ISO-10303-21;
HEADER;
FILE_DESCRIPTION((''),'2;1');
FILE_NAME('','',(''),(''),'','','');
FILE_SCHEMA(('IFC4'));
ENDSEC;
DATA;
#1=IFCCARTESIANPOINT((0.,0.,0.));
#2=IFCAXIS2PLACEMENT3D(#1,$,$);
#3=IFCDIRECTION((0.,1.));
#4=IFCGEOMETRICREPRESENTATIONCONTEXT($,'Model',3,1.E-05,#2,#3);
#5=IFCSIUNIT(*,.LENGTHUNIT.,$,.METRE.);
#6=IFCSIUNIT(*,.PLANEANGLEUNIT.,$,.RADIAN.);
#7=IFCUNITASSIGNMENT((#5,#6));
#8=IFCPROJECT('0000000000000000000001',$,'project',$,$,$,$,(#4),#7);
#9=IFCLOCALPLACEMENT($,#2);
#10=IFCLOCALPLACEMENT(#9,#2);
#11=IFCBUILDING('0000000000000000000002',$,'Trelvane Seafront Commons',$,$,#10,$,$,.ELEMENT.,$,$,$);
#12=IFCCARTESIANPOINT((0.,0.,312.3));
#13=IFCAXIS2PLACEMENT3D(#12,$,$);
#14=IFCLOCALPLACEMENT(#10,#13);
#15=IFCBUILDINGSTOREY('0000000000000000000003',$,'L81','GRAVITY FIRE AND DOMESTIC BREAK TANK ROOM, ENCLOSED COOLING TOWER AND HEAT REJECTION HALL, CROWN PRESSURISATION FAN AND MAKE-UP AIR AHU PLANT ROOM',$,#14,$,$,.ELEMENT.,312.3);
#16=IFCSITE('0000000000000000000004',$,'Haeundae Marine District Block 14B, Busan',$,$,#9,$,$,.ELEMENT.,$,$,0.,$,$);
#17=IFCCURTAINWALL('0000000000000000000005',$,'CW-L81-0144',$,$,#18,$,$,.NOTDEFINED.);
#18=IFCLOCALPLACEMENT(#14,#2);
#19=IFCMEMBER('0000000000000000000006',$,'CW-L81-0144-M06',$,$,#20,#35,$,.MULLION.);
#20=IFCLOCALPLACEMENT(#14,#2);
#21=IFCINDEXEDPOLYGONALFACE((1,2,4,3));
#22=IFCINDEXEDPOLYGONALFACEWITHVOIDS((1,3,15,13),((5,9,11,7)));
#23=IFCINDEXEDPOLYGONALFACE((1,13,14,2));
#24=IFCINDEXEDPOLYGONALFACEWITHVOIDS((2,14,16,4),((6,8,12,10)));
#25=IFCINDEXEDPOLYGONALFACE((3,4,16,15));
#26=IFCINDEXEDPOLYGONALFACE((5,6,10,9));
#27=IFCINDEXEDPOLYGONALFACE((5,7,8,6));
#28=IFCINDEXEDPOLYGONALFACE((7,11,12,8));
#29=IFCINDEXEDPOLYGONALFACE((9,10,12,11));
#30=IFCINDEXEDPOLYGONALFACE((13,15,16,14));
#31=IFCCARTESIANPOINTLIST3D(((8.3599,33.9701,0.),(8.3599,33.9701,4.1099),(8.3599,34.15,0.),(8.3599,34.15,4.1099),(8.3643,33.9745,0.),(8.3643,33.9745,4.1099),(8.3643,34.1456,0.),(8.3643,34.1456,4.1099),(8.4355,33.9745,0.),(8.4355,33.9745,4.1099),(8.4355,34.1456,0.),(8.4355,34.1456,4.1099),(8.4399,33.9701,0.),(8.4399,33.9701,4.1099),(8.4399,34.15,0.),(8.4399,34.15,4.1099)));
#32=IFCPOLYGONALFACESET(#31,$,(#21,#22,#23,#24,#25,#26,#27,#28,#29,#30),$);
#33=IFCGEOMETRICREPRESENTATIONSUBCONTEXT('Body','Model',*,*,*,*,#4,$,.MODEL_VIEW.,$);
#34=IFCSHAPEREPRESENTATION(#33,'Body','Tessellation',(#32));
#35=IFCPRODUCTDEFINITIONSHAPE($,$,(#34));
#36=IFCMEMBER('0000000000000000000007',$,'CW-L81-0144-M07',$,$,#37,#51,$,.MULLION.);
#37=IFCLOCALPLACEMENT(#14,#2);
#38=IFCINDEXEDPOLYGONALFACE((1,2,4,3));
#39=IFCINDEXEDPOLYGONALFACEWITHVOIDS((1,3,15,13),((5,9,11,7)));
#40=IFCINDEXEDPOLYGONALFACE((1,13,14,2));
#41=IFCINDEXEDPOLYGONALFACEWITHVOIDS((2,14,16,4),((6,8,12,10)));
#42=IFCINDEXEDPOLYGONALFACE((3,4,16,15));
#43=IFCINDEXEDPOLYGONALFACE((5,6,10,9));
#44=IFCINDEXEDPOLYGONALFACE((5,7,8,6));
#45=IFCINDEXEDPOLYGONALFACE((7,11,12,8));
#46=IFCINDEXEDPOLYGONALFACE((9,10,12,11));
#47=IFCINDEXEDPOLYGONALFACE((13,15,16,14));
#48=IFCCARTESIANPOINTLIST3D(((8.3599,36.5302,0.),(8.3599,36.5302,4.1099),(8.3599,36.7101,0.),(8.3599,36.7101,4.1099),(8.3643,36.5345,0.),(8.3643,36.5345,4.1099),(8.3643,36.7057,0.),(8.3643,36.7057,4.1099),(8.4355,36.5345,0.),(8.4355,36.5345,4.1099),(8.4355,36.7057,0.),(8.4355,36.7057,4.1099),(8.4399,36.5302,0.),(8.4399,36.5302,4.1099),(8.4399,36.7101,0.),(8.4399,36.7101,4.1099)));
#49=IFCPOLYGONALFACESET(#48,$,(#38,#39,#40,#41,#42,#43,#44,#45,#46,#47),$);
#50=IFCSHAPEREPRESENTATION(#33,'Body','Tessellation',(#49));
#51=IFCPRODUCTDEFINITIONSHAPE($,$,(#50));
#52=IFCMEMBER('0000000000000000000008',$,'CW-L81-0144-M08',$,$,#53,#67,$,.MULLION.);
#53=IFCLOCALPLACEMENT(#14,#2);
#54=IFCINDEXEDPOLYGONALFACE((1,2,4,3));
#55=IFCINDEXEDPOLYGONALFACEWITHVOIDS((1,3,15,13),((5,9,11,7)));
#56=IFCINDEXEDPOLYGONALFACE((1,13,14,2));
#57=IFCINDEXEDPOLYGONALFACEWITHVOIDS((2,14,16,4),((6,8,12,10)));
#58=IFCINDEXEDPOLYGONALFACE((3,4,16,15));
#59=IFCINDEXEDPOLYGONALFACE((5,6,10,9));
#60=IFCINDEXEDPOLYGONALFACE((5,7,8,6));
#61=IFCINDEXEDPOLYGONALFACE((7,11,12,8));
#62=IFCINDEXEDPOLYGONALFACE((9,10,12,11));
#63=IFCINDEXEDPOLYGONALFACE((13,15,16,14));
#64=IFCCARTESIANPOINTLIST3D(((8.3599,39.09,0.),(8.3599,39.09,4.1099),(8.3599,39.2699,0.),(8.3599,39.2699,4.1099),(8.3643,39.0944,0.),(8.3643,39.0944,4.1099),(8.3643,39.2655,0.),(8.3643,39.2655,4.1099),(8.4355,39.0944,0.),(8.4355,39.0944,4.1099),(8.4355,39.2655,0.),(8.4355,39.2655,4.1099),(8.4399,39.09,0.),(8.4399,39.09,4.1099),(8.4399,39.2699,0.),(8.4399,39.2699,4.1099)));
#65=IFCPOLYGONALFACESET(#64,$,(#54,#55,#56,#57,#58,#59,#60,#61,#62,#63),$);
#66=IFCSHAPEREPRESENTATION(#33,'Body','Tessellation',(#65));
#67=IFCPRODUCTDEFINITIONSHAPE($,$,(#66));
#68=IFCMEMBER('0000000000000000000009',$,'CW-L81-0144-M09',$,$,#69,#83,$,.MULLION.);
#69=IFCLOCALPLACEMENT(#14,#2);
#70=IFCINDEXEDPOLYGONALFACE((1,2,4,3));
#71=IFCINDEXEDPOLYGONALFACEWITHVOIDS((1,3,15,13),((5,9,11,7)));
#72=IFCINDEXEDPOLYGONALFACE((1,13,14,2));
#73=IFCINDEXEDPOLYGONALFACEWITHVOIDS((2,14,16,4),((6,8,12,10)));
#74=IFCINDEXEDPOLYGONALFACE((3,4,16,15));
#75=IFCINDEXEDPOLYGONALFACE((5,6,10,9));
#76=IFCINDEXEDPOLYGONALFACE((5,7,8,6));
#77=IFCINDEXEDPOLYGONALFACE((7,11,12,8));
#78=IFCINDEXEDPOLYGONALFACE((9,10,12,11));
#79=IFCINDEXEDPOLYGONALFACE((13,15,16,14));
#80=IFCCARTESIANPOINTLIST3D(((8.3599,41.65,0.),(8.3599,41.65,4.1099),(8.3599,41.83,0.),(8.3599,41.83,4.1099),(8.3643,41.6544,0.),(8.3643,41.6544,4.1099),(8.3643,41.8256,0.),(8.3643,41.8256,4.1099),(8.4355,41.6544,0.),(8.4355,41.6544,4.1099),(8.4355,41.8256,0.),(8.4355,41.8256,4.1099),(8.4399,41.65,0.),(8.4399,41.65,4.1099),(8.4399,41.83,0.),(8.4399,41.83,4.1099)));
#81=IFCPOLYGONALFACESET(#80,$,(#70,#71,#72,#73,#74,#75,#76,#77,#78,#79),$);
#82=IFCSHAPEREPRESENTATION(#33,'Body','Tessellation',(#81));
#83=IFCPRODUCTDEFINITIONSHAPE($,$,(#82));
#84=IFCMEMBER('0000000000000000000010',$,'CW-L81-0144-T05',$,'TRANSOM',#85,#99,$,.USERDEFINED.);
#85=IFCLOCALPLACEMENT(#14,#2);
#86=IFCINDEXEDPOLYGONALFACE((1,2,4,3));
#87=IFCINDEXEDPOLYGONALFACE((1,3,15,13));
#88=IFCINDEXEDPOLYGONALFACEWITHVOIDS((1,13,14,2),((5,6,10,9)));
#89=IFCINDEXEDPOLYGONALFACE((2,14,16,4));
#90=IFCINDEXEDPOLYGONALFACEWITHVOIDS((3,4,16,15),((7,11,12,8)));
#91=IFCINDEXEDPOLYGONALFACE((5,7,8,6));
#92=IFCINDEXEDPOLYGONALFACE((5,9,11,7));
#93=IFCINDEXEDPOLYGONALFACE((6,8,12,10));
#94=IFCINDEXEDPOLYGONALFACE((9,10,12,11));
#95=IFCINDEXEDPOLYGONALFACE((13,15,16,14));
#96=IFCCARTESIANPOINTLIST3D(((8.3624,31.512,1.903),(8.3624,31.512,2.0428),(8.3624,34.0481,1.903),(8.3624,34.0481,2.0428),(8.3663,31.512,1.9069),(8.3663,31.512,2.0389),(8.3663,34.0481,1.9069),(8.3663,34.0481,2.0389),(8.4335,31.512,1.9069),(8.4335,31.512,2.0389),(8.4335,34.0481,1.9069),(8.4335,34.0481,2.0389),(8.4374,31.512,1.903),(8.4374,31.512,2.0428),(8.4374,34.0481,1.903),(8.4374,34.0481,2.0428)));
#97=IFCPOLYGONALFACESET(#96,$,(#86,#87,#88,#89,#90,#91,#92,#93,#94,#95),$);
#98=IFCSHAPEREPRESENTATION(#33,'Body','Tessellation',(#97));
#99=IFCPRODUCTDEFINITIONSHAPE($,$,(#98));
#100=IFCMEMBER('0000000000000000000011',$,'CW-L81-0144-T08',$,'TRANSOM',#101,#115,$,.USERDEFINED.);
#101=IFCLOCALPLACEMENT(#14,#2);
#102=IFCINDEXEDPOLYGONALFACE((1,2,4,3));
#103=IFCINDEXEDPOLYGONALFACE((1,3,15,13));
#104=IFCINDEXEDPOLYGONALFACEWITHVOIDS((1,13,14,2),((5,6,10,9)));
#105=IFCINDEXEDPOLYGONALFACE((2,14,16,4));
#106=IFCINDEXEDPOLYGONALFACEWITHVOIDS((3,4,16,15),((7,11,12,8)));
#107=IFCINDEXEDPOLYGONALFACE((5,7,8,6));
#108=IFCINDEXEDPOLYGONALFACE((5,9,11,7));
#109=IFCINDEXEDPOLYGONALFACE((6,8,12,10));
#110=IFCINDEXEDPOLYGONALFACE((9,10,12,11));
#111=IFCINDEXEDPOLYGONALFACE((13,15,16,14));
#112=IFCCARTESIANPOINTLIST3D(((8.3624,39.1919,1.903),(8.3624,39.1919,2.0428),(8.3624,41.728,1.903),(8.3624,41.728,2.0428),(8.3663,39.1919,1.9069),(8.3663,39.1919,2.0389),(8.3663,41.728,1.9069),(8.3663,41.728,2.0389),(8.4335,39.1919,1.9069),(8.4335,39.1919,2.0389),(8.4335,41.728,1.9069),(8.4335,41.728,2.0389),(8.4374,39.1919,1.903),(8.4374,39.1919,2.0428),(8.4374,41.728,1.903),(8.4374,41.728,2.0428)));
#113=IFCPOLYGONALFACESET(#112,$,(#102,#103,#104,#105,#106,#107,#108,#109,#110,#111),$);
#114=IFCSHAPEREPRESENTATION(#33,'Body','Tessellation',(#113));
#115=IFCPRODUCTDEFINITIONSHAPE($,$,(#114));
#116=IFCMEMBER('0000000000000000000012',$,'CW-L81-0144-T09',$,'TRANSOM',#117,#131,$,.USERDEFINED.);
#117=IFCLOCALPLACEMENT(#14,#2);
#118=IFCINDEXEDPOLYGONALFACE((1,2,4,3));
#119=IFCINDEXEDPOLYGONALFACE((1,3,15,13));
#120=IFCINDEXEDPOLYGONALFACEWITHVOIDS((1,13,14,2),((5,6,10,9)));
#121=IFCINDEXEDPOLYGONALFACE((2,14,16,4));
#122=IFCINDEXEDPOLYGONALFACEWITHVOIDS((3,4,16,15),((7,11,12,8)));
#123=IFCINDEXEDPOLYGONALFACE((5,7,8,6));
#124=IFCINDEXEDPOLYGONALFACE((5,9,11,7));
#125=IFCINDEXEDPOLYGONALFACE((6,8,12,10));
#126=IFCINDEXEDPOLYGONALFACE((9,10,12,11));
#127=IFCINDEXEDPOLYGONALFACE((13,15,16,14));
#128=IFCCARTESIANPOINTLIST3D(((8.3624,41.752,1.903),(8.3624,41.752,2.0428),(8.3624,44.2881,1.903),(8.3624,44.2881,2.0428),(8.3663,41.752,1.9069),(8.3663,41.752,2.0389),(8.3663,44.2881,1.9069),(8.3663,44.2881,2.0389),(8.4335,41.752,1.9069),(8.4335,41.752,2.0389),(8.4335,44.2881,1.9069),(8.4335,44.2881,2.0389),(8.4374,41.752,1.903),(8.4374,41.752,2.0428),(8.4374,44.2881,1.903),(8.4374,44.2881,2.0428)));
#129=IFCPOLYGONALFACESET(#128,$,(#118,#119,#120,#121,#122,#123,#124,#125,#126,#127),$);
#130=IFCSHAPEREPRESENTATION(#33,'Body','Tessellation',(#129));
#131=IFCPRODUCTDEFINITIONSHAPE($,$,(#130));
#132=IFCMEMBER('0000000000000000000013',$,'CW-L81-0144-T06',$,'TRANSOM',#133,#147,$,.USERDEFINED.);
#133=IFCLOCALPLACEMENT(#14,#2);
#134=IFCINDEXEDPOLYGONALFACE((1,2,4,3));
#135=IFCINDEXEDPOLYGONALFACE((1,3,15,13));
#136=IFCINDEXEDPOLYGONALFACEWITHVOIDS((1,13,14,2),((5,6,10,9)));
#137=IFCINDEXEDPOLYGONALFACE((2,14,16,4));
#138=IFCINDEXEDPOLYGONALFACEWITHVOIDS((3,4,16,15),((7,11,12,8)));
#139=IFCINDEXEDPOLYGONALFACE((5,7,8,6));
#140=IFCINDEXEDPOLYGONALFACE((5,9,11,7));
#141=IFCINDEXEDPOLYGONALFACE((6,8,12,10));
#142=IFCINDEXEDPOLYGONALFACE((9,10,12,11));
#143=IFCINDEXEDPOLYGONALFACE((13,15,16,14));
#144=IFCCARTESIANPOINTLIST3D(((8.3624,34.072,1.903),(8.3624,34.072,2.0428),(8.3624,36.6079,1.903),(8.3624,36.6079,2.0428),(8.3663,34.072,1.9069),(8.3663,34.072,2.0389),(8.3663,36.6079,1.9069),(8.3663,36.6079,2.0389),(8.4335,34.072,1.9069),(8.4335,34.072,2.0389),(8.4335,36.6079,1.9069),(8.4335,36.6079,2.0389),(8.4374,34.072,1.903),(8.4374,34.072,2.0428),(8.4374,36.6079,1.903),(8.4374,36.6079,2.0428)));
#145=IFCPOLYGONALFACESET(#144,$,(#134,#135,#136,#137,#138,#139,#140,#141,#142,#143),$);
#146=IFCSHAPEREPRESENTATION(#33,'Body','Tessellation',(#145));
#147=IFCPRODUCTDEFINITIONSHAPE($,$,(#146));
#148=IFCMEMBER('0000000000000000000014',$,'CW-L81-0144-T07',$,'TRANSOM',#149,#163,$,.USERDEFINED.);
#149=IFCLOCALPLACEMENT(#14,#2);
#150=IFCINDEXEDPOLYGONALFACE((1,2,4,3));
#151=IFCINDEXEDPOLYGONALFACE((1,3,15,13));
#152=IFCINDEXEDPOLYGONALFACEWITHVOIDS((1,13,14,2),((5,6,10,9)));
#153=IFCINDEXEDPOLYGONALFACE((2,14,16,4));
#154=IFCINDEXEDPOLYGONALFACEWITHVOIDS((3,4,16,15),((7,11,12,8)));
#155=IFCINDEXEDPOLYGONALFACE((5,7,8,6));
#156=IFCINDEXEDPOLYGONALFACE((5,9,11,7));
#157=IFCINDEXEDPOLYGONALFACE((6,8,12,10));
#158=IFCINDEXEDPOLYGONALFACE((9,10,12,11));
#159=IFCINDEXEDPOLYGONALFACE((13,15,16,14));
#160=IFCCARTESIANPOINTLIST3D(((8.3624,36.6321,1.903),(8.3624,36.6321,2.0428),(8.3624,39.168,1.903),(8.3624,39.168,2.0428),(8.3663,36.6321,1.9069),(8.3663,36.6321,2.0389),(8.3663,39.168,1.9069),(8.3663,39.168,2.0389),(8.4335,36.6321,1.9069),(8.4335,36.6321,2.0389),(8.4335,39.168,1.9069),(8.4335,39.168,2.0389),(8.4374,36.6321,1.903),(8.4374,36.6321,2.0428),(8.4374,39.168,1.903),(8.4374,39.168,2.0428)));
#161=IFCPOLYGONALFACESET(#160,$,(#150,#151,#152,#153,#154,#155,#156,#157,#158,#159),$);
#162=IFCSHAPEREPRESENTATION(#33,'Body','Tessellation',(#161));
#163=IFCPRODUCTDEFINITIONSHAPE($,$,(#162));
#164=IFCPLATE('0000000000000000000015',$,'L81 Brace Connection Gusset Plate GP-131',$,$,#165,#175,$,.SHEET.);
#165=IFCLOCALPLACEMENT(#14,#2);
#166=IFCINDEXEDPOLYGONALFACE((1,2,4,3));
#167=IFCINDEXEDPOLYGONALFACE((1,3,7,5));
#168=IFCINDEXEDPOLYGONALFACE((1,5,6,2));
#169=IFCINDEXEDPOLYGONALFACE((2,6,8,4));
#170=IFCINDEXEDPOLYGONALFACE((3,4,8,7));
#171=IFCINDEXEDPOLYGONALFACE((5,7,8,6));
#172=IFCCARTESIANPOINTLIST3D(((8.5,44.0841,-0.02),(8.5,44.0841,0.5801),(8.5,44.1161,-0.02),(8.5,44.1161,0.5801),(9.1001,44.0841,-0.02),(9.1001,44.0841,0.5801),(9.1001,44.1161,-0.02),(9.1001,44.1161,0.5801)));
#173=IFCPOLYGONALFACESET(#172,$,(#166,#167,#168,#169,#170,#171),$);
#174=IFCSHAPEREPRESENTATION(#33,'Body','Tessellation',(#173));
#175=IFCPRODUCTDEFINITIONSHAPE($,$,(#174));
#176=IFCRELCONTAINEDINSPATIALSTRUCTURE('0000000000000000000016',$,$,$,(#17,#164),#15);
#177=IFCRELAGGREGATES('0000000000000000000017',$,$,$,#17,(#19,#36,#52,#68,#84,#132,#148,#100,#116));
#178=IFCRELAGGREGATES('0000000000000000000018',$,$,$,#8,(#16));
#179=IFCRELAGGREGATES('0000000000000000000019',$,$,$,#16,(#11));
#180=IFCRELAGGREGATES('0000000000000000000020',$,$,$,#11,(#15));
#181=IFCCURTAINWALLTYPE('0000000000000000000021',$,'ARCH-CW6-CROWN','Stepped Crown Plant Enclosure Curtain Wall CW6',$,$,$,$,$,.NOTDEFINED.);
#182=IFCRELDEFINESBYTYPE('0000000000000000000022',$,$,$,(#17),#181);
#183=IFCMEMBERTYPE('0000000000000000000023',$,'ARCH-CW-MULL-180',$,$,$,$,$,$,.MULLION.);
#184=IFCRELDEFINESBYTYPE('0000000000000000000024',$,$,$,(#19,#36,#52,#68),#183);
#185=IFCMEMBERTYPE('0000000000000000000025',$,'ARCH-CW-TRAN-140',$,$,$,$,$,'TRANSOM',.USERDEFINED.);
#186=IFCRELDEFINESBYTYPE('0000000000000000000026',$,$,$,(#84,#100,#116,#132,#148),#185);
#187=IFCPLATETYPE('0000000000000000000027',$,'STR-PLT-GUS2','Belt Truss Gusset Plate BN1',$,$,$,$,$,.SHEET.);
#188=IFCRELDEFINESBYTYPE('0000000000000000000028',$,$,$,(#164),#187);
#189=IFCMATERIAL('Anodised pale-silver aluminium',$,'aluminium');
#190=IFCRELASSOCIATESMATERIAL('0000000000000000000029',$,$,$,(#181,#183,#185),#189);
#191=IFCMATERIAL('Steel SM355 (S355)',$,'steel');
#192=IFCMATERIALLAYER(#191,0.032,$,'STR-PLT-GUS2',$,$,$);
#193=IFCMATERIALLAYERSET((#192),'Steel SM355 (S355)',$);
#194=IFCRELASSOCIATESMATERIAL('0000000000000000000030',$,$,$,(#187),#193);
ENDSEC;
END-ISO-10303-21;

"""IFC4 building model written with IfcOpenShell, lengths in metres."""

from ifc_helpers import new_model, si_unit, direction, frame, origin, origin_2d, place, context, subcontext, project, spatial, rectangle, hollow_rectangle, extrude, source, transform, mapped, material, layer, layer_set, material_profile, profile_set, type_object, element, aggregate, save


model = new_model("IFC4")

# Units and contexts
model_context = context("Model", 3, precision=1e-05, world=origin(), true_north=direction((0.0, 1.0)))
body_context = subcontext(model_context, "Body", "Model", "MODEL_VIEW")
ifc_project = project(units=[si_unit("LENGTHUNIT", "METRE"), si_unit("PLANEANGLEUNIT", "RADIAN")], contexts=[model_context])

# Site, building, storey
site_placement = place(None, origin())
site = spatial("IfcSite", under=ifc_project, at=site_placement, Name="Haeundae Marine District Block 14B, Busan", CompositionType="ELEMENT", RefElevation=0.0)
building_placement = place(site_placement, origin())
building = spatial("IfcBuilding", under=site, at=building_placement, Name="Trelvane Seafront Commons", CompositionType="ELEMENT")
storey_placement = place(building_placement, frame((0.0, 0.0, 312.3)))
storey = spatial("IfcBuildingStorey", under=building, at=storey_placement, Name="L81", Description="GRAVITY FIRE AND DOMESTIC BREAK TANK ROOM, ENCLOSED COOLING TOWER AND HEAT REJECTION HALL, CROWN PRESSURISATION FAN AND MAKE-UP AIR AHU PLANT ROOM", CompositionType="ELEMENT", Elevation=312.3)

# Shared definitions
ifc_material_1 = material(Name="Steel SM355 (S355)", Category="steel")

# Curtain wall, members
ifc_material_2 = material(Name="Anodised pale-silver aluminium", Category="aluminium")
curtain_wall_type = type_object("IfcCurtainWallType", Name="ARCH-CW6-CROWN", Description="Stepped Crown Plant Enclosure Curtain Wall CW6", PredefinedType="NOTDEFINED", material=ifc_material_2)
curtain_wall_placement = place(storey_placement, origin())
curtain_wall = element("IfcCurtainWall", 1, at=curtain_wall_placement, inside=storey, type_object=curtain_wall_type, Name="CW-L81-0144", PredefinedType="NOTDEFINED")
ifc_material_profile_1 = material_profile(ifc_material_2, hollow_rectangle(XDim=0.0801, YDim=0.1799, WallThickness=0.0044, at=origin_2d()), Name="MULL-80x180x4.5")
ifc_profile_set_1 = profile_set([ifc_material_profile_1], Name="Anodised pale-silver aluminium")
member_type_1 = type_object("IfcMemberType", Name="ARCH-CW-MULL-180", PredefinedType="MULLION", material=ifc_profile_set_1)
shared_shape_1 = source(origin(), body_context, "Body", "SweptSolid", [
    extrude(hollow_rectangle(XDim=0.0801, YDim=0.1799, WallThickness=0.0044, at=origin_2d()), origin(), (0.0, 0.0, 1.0), 4.1099),
])
member_1_placement = place(storey_placement, frame((8.3999, 34.0601, 0.0), z_axis=(0.0, 0.0, 1.0), x_axis=(1.0, 0.0, 0.0)))
member_1 = element("IfcMember", 2, at=member_1_placement, type_object=member_type_1, Name="CW-L81-0144-M06", PredefinedType="MULLION", context=body_context, shape_type="MappedRepresentation", body=[
    mapped(shared_shape_1, transform((0.0, 0.0, 0.0), x_axis=(1.0, 0.0, 0.0), y_axis=(0.0, 1.0, 0.0), z_axis=(0.0, 0.0, 1.0), scale=1.0)),
])
member_2_placement = place(storey_placement, frame((8.3999, 36.6201, 0.0), z_axis=(0.0, 0.0, 1.0), x_axis=(1.0, 0.0, 0.0)))
member_2 = element("IfcMember", 3, at=member_2_placement, type_object=member_type_1, Name="CW-L81-0144-M07", PredefinedType="MULLION", context=body_context, shape_type="MappedRepresentation", body=[
    mapped(shared_shape_1, transform((0.0, 0.0, 0.0), x_axis=(1.0, 0.0, 0.0), y_axis=(0.0, 1.0, 0.0), z_axis=(0.0, 0.0, 1.0), scale=1.0)),
])
member_3_placement = place(storey_placement, frame((8.3999, 39.1799, 0.0), z_axis=(0.0, 0.0, 1.0), x_axis=(1.0, 0.0, 0.0)))
member_3 = element("IfcMember", 4, at=member_3_placement, type_object=member_type_1, Name="CW-L81-0144-M08", PredefinedType="MULLION", context=body_context, shape_type="MappedRepresentation", body=[
    mapped(shared_shape_1, transform((0.0, 0.0, 0.0), x_axis=(1.0, 0.0, 0.0), y_axis=(0.0, 1.0, 0.0), z_axis=(0.0, 0.0, 1.0), scale=1.0)),
])
member_4_placement = place(storey_placement, frame((8.3999, 41.74, 0.0), z_axis=(0.0, 0.0, 1.0), x_axis=(1.0, 0.0, 0.0)))
member_4 = element("IfcMember", 5, at=member_4_placement, type_object=member_type_1, Name="CW-L81-0144-M09", PredefinedType="MULLION", context=body_context, shape_type="MappedRepresentation", body=[
    mapped(shared_shape_1, transform((0.0, 0.0, 0.0), x_axis=(1.0, 0.0, 0.0), y_axis=(0.0, 1.0, 0.0), z_axis=(0.0, 0.0, 1.0), scale=1.0)),
])
ifc_material_profile_2 = material_profile(ifc_material_2, hollow_rectangle(XDim=0.075, YDim=0.1399, WallThickness=0.0039, at=origin_2d()), Name="TRAN-75x140x4")
ifc_profile_set_2 = profile_set([ifc_material_profile_2], Name="Anodised pale-silver aluminium")
member_type_2 = type_object("IfcMemberType", Name="ARCH-CW-TRAN-140", ElementType="TRANSOM", PredefinedType="USERDEFINED", material=ifc_profile_set_2)
shared_shape_2 = source(origin(), body_context, "Body", "SweptSolid", [
    extrude(hollow_rectangle(XDim=0.075, YDim=0.1399, WallThickness=0.0039, at=origin_2d()), origin(), (0.0, 0.0, 1.0), 2.5361),
])
member_5_placement = place(storey_placement, frame((8.3999, 31.512, 1.9729), z_axis=(0.0, 1.0, 0.0), x_axis=(-1.0, 0.0, 0.0)))
member_5 = element("IfcMember", 6, at=member_5_placement, type_object=member_type_2, Name="CW-L81-0144-T05", ObjectType="TRANSOM", PredefinedType="USERDEFINED", context=body_context, shape_type="MappedRepresentation", body=[
    mapped(shared_shape_2, transform((0.0, 0.0, 0.0), x_axis=(1.0, 0.0, 0.0), y_axis=(0.0, 1.0, 0.0), z_axis=(0.0, 0.0, 1.0), scale=1.0)),
])
member_6_placement = place(storey_placement, frame((8.3999, 39.1919, 1.9729), z_axis=(0.0, 1.0, 0.0), x_axis=(-1.0, 0.0, 0.0)))
member_6 = element("IfcMember", 7, at=member_6_placement, type_object=member_type_2, Name="CW-L81-0144-T08", ObjectType="TRANSOM", PredefinedType="USERDEFINED", context=body_context, shape_type="MappedRepresentation", body=[
    mapped(shared_shape_2, transform((0.0, 0.0, 0.0), x_axis=(1.0, 0.0, 0.0), y_axis=(0.0, 1.0, 0.0), z_axis=(0.0, 0.0, 1.0), scale=1.0)),
])
member_7_placement = place(storey_placement, frame((8.3999, 41.752, 1.9729), z_axis=(0.0, 1.0, 0.0), x_axis=(-1.0, 0.0, 0.0)))
member_7 = element("IfcMember", 8, at=member_7_placement, type_object=member_type_2, Name="CW-L81-0144-T09", ObjectType="TRANSOM", PredefinedType="USERDEFINED", context=body_context, shape_type="MappedRepresentation", body=[
    mapped(shared_shape_2, transform((0.0, 0.0, 0.0), x_axis=(1.0, 0.0, 0.0), y_axis=(0.0, 1.0, 0.0), z_axis=(0.0, 0.0, 1.0), scale=1.0)),
])
shared_shape_3 = source(origin(), body_context, "Body", "SweptSolid", [
    extrude(hollow_rectangle(XDim=0.075, YDim=0.1399, WallThickness=0.0039, at=origin_2d()), origin(), (0.0, 0.0, 1.0), 2.5359),
])
member_8_placement = place(storey_placement, frame((8.3999, 34.072, 1.9729), z_axis=(0.0, 1.0, 0.0), x_axis=(-1.0, 0.0, 0.0)))
member_8 = element("IfcMember", 9, at=member_8_placement, type_object=member_type_2, Name="CW-L81-0144-T06", ObjectType="TRANSOM", PredefinedType="USERDEFINED", context=body_context, shape_type="MappedRepresentation", body=[
    mapped(shared_shape_3, transform((0.0, 0.0, 0.0), x_axis=(1.0, 0.0, 0.0), y_axis=(0.0, 1.0, 0.0), z_axis=(0.0, 0.0, 1.0), scale=1.0)),
])
member_9_placement = place(storey_placement, frame((8.3999, 36.6321, 1.9729), z_axis=(0.0, 1.0, 0.0), x_axis=(-1.0, 0.0, 0.0)))
member_9 = element("IfcMember", 10, at=member_9_placement, type_object=member_type_2, Name="CW-L81-0144-T07", ObjectType="TRANSOM", PredefinedType="USERDEFINED", context=body_context, shape_type="MappedRepresentation", body=[
    mapped(shared_shape_3, transform((0.0, 0.0, 0.0), x_axis=(1.0, 0.0, 0.0), y_axis=(0.0, 1.0, 0.0), z_axis=(0.0, 0.0, 1.0), scale=1.0)),
])

# Plate
ifc_layer_1 = layer(ifc_material_1, 0.032, Name="STR-PLT-GUS2")
ifc_layer_set_1 = layer_set([ifc_layer_1], Name="Steel SM355 (S355)")
plate_type_1 = type_object("IfcPlateType", Name="STR-PLT-GUS2", Description="Belt Truss Gusset Plate BN1", PredefinedType="SHEET", material=ifc_layer_set_1)
shared_shape_4 = source(origin(), body_context, "Body", "SweptSolid", [
    extrude(rectangle(XDim=0.6001, YDim=0.032, at=origin_2d()), origin(), (0.0, 0.0, 1.0), 0.6001),
])
plate_1_placement = place(storey_placement, frame((8.8, 44.1001, -0.02), z_axis=(0.0, 0.0, 1.0), x_axis=(1.0, 0.0, 0.0)))
element("IfcPlate", 11, at=plate_1_placement, inside=storey, type_object=plate_type_1, Name="L81 Brace Connection Gusset Plate GP-131", PredefinedType="SHEET", context=body_context, shape_type="MappedRepresentation", body=[
    mapped(shared_shape_4, transform((0.0, 0.0, 0.0), x_axis=(1.0, 0.0, 0.0), y_axis=(0.0, 1.0, 0.0), z_axis=(0.0, 0.0, 1.0), scale=1.0)),
])
aggregate(curtain_wall, [member_1, member_2, member_3, member_4, member_5, member_8, member_9, member_6, member_7])

save(model, "model.ifc")
